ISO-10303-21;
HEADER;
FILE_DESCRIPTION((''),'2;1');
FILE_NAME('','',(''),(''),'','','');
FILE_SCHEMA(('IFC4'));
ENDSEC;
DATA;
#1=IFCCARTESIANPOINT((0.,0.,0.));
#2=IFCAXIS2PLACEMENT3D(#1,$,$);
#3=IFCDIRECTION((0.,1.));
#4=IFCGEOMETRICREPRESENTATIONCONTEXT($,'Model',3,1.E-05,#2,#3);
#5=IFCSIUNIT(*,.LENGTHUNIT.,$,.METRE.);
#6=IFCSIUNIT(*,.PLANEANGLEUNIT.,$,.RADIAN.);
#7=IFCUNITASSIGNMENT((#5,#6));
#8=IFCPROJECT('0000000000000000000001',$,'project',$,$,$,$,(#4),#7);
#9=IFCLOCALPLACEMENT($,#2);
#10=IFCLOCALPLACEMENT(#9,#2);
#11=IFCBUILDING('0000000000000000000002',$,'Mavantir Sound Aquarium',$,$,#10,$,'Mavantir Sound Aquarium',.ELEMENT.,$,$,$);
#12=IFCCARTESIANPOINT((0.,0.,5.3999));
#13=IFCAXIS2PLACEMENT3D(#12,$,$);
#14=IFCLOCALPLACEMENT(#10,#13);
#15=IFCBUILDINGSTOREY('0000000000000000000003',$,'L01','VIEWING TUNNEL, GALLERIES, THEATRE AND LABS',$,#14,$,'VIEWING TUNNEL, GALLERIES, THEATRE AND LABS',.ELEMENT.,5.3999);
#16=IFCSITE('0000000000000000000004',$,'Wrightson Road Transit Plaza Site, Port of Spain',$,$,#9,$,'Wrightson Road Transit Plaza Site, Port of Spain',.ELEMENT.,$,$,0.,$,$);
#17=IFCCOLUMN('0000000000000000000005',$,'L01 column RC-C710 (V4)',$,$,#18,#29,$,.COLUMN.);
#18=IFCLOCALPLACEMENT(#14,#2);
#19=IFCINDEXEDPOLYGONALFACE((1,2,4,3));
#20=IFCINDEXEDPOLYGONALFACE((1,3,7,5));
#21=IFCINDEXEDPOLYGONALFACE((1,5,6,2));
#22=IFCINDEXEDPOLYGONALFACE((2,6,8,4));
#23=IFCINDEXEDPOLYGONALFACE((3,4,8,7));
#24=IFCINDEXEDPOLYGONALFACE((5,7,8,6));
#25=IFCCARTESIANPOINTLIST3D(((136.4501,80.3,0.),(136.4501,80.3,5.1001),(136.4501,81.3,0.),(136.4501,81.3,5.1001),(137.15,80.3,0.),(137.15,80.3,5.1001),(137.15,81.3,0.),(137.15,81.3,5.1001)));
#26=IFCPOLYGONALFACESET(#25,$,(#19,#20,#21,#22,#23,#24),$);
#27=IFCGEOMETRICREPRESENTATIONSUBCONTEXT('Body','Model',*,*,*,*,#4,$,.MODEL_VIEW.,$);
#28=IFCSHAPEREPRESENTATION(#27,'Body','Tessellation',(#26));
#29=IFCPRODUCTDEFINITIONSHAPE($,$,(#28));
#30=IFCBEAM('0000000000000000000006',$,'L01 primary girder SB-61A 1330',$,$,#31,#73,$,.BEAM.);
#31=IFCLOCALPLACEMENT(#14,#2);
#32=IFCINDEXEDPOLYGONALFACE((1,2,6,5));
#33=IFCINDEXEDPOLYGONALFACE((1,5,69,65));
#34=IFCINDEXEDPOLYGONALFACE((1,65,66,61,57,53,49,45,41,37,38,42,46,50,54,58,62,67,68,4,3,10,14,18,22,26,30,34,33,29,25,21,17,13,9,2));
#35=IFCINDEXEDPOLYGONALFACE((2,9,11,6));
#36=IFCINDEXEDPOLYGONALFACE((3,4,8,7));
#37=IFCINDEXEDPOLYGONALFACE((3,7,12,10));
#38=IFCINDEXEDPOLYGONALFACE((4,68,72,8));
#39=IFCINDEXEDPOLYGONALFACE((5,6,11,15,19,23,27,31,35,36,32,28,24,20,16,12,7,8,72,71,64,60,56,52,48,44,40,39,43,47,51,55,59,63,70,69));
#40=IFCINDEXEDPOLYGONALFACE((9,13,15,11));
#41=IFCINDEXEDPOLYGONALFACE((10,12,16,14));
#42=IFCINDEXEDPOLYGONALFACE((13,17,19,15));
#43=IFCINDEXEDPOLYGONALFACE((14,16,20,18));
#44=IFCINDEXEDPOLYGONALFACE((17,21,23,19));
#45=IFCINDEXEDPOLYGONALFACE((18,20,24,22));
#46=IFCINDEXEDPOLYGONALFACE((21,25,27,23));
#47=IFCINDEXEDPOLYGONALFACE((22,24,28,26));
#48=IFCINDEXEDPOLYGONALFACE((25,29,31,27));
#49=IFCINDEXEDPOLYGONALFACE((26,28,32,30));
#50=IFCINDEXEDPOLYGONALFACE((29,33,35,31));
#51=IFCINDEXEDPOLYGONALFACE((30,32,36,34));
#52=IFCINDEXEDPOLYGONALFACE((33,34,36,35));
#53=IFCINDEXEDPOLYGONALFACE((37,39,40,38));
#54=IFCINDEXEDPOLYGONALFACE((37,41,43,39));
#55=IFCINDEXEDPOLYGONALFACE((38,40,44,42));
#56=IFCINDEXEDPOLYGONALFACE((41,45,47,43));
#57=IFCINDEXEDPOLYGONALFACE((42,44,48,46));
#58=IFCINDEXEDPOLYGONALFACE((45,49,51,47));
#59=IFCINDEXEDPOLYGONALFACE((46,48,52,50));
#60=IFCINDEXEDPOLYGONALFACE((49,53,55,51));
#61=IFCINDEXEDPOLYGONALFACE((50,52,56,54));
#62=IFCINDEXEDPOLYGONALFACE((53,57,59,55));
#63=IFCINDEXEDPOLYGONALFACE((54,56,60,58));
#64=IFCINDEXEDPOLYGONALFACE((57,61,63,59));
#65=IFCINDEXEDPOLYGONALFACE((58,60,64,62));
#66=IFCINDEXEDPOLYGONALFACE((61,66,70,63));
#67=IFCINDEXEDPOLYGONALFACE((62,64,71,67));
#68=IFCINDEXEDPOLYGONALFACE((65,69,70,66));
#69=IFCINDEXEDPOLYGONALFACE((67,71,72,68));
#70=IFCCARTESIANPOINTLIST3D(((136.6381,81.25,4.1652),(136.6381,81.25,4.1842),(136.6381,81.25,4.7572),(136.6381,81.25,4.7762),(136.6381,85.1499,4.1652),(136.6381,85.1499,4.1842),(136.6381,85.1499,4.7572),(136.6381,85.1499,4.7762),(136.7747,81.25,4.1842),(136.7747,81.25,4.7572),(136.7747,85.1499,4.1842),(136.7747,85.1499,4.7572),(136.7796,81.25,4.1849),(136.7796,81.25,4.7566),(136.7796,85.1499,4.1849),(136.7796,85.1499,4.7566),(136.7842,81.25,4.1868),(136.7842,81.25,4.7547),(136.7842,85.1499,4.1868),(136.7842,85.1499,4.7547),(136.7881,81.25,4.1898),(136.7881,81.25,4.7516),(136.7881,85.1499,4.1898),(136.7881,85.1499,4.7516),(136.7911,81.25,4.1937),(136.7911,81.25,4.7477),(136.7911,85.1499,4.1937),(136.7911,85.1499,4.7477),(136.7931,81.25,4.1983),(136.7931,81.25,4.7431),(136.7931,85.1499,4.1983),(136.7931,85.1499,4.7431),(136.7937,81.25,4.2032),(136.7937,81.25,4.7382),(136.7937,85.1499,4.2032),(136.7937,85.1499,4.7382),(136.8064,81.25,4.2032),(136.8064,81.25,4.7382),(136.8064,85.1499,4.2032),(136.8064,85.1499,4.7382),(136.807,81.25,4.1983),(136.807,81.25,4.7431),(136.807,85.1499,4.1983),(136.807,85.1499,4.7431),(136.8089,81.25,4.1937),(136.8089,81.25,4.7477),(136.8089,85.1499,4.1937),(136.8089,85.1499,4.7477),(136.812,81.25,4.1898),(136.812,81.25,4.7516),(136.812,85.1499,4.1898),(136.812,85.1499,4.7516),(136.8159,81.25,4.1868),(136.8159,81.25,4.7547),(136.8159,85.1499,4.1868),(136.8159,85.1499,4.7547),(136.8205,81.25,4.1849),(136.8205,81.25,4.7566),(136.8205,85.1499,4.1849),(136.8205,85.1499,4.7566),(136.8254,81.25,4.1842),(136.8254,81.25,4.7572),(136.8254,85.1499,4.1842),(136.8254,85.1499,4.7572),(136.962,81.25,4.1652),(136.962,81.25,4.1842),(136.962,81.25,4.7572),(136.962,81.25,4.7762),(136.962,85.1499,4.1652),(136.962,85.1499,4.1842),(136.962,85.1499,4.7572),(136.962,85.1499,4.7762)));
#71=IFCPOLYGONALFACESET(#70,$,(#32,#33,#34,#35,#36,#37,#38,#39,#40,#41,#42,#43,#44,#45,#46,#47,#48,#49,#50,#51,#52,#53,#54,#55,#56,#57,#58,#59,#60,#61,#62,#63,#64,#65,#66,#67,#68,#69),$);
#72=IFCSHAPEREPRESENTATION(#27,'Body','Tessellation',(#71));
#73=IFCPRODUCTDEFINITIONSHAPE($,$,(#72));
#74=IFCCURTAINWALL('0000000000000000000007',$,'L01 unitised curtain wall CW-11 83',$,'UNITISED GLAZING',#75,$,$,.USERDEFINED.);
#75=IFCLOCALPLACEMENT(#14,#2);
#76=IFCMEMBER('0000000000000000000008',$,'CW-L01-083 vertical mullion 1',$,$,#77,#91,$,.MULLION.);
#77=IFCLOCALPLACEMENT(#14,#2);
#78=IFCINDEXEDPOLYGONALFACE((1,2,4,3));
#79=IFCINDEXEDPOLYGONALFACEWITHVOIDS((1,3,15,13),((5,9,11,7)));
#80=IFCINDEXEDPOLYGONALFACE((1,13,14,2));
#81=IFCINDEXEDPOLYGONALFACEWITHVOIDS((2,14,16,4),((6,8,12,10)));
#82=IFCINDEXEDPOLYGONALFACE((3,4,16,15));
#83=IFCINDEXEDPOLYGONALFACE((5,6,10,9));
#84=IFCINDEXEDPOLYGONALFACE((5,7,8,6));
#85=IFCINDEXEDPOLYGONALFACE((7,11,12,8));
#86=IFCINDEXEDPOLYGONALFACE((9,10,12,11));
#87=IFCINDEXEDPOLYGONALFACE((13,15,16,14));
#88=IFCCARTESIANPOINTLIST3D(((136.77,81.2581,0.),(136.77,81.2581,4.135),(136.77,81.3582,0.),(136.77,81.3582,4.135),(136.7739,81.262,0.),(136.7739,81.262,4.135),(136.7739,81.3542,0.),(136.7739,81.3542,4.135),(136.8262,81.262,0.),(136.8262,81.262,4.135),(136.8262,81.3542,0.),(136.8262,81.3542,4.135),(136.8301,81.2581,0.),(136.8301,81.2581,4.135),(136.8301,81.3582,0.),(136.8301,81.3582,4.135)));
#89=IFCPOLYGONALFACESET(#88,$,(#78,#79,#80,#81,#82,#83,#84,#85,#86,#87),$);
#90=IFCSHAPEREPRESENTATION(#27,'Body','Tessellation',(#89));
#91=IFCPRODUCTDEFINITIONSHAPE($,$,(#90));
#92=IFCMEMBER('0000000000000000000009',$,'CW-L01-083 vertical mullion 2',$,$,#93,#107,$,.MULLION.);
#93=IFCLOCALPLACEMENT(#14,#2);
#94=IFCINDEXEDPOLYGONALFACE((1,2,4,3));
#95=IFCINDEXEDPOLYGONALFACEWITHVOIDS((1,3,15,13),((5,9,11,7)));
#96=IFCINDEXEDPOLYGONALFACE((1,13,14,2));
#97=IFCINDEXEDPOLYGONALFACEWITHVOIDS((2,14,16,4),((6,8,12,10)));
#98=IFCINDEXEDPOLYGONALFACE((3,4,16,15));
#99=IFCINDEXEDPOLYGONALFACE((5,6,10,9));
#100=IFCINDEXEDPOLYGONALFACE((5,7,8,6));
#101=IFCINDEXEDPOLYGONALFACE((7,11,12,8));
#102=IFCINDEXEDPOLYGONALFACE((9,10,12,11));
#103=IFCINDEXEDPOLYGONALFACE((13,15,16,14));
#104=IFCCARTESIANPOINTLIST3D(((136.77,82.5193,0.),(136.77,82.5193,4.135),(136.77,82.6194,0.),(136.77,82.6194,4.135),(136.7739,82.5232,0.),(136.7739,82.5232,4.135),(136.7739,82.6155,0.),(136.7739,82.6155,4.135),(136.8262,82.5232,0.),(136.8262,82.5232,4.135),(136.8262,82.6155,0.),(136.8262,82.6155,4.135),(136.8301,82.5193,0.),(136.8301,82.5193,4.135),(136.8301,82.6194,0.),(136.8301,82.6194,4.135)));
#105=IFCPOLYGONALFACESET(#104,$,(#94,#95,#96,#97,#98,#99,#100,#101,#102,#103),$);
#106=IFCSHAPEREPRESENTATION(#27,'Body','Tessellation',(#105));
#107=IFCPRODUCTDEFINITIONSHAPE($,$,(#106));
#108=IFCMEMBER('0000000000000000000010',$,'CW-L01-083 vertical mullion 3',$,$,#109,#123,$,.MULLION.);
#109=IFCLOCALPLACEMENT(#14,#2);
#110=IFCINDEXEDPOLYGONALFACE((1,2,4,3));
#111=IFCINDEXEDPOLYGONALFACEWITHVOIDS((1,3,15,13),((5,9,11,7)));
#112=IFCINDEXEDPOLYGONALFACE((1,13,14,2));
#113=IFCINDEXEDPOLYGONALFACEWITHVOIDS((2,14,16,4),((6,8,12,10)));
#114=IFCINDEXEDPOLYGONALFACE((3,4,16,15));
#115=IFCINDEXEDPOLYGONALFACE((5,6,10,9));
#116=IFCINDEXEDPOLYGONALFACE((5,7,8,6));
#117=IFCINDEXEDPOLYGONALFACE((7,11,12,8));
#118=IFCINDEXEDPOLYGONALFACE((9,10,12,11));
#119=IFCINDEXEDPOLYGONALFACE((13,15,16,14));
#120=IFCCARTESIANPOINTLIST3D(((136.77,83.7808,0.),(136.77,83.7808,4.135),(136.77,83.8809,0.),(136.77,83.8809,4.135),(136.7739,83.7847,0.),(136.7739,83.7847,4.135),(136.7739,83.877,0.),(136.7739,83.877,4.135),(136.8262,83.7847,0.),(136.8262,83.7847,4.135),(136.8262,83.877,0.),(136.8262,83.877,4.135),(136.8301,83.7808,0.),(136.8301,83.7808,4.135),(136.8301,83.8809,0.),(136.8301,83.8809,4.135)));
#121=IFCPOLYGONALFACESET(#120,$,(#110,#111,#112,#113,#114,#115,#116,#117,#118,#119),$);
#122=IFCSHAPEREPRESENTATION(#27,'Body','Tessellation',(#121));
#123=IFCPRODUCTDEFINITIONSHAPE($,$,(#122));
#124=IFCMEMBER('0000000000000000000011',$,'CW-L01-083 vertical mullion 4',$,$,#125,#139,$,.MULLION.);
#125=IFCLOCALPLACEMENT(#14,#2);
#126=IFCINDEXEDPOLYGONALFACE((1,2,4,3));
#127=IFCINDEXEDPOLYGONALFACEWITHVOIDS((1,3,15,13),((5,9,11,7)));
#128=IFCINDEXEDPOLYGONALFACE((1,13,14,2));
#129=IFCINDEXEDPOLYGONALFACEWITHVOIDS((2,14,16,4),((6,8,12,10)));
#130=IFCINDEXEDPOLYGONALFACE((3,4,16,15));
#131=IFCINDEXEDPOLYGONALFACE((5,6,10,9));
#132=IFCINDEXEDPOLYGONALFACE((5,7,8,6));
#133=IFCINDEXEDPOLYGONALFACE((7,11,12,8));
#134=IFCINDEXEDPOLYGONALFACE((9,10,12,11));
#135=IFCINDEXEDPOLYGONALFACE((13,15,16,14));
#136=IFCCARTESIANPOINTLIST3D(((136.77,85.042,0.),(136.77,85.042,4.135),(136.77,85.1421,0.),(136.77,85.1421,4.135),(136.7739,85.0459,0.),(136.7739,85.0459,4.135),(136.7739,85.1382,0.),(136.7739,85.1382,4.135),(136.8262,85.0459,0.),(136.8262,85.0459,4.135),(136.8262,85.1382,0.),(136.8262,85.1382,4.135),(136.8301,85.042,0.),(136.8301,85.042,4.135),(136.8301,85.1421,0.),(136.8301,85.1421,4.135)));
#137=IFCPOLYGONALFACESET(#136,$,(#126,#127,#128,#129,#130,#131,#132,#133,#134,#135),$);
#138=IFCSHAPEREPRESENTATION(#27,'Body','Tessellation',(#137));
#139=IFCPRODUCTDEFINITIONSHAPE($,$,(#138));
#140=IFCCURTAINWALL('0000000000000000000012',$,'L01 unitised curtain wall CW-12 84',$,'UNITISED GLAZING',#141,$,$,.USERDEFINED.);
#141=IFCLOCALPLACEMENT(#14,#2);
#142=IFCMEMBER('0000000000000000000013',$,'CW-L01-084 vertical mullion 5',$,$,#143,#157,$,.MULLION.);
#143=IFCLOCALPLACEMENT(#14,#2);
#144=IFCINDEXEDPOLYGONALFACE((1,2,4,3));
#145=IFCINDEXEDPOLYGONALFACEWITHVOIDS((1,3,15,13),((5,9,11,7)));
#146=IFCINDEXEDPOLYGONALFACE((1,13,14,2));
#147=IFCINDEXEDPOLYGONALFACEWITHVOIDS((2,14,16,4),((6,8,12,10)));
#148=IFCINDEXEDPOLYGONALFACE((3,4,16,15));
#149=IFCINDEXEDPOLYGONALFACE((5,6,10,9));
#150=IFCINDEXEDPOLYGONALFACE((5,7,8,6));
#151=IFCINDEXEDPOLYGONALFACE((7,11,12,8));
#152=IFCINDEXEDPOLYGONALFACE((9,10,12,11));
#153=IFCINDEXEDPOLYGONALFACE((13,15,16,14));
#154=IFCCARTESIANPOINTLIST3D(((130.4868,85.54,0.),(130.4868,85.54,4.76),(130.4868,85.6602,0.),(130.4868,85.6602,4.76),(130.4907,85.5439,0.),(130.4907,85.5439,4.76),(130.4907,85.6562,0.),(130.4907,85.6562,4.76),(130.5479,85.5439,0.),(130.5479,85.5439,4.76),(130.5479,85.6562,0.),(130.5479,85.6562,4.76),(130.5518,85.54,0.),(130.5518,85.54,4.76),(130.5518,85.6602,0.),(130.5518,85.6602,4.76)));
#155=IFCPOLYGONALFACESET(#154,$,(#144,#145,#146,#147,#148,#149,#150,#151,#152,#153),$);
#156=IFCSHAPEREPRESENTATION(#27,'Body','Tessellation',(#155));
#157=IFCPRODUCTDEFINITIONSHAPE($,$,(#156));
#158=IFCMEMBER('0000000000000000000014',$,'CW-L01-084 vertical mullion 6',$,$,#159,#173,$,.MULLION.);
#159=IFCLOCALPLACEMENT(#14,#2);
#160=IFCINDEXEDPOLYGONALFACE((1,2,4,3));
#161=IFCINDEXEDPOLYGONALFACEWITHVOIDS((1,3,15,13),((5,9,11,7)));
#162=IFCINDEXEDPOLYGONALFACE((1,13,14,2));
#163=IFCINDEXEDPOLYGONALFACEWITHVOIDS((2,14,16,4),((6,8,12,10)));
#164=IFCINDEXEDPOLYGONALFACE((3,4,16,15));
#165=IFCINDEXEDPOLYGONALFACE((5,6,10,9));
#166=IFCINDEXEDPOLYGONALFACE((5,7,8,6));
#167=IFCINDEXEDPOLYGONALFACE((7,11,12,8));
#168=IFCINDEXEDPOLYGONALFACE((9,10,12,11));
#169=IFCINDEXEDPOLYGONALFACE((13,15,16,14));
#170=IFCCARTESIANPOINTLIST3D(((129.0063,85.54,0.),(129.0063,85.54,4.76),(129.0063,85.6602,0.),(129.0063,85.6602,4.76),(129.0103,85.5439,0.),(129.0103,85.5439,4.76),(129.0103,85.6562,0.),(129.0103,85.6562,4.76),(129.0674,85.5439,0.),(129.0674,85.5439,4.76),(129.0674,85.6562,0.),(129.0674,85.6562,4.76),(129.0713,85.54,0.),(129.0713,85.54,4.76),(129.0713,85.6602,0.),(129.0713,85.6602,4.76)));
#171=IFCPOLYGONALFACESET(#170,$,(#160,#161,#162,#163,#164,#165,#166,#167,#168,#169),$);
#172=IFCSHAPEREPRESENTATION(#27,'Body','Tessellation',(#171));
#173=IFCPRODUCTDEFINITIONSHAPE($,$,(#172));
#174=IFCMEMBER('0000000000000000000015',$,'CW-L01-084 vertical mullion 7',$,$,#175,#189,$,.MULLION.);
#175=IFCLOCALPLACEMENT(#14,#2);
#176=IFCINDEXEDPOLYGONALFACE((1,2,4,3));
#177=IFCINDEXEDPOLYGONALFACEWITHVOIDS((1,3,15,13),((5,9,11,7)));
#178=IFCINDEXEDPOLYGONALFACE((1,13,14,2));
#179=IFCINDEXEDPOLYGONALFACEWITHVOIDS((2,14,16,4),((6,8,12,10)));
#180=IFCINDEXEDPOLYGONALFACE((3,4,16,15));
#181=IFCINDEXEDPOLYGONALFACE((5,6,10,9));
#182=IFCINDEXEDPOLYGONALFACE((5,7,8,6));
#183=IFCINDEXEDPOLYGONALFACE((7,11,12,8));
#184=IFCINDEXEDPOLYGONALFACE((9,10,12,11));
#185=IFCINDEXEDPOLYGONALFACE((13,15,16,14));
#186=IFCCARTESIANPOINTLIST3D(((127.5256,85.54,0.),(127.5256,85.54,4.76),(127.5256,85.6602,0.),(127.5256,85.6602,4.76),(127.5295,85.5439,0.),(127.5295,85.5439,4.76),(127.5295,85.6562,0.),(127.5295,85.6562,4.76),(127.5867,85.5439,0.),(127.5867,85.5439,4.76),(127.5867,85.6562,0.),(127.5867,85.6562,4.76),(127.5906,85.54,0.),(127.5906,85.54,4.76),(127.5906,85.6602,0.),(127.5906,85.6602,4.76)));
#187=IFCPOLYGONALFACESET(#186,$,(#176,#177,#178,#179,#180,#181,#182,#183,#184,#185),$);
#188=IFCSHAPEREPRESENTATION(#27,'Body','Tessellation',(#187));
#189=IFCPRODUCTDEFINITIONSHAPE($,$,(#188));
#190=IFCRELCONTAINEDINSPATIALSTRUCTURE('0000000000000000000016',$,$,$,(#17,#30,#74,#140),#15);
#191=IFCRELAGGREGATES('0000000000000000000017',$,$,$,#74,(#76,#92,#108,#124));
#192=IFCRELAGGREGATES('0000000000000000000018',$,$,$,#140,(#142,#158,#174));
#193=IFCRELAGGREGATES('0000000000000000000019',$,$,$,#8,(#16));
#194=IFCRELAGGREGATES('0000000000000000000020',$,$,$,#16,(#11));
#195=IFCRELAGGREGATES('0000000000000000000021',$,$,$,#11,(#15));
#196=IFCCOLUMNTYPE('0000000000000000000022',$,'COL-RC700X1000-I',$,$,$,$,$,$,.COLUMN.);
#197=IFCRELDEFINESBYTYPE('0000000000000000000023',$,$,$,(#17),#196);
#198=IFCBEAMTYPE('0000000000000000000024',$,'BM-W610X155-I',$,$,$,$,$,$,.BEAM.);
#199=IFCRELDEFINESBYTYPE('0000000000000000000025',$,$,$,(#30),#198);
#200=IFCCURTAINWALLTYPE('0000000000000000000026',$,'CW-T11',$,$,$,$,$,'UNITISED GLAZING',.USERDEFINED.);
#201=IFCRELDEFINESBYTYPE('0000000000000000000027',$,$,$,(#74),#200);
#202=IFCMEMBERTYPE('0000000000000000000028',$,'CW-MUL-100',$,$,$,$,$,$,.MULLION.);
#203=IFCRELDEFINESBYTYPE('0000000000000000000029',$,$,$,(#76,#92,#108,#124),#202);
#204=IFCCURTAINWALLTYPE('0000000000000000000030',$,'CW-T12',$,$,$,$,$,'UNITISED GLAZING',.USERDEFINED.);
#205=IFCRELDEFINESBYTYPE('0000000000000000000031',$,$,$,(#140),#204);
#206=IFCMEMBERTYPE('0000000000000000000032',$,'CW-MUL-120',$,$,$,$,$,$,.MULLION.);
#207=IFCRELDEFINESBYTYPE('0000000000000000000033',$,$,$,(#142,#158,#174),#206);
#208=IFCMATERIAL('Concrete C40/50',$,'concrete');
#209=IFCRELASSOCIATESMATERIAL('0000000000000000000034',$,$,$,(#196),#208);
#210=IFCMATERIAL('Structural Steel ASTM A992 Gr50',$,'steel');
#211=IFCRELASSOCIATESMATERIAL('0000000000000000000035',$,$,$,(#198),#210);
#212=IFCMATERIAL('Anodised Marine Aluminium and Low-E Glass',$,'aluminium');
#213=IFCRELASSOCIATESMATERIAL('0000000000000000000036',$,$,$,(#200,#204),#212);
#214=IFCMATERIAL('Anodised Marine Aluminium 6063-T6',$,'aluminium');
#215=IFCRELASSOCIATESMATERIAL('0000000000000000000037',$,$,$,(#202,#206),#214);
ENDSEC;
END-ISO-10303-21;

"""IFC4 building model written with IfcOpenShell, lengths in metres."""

from ifc_helpers import new_model, si_unit, direction, frame, origin, origin_2d, place, context, subcontext, project, spatial, rectangle, hollow_rectangle, i_section, extrude, material, material_profile, profile_set, type_object, element, aggregate, save


model = new_model("IFC4")

# Units and contexts
model_context = context("Model", 3, precision=1e-05, world=origin(), true_north=direction((0.0, 1.0)))
body_context = subcontext(model_context, "Body", "Model", "MODEL_VIEW")
ifc_project = project(units=[si_unit("LENGTHUNIT", "METRE"), si_unit("PLANEANGLEUNIT", "RADIAN")], contexts=[model_context])

# Site, building, storey
site_placement = place(None, origin())
site = spatial("IfcSite", under=ifc_project, at=site_placement, Name="Wrightson Road Transit Plaza Site, Port of Spain", LongName="Wrightson Road Transit Plaza Site, Port of Spain", CompositionType="ELEMENT", RefElevation=0.0)
building_placement = place(site_placement, origin())
building = spatial("IfcBuilding", under=site, at=building_placement, Name="Mavantir Sound Aquarium", LongName="Mavantir Sound Aquarium", CompositionType="ELEMENT")
storey_placement = place(building_placement, frame((0.0, 0.0, 5.3999)))
storey = spatial("IfcBuildingStorey", under=building, at=storey_placement, Name="L01", Description="VIEWING TUNNEL, GALLERIES, THEATRE AND LABS", LongName="VIEWING TUNNEL, GALLERIES, THEATRE AND LABS", CompositionType="ELEMENT", Elevation=5.3999)

# Column
ifc_material_1 = material(Name="Concrete C40/50", Category="concrete")
ifc_material_profile_1 = material_profile(ifc_material_1, rectangle(XDim=0.7, YDim=1.0, at=origin_2d()), Name="RC 700X1000")
ifc_profile_set_1 = profile_set([ifc_material_profile_1], Name="Concrete C40/50")
column_type = type_object("IfcColumnType", Name="COL-RC700X1000-I", PredefinedType="COLUMN", material=ifc_profile_set_1)
column_placement = place(storey_placement, frame((136.8, 80.8, 0.0), z_axis=(0.0, 0.0, 1.0), x_axis=(1.0, 0.0, 0.0)))
element("IfcColumn", 1, at=column_placement, inside=storey, type_object=column_type, Name="L01 column RC-C710 (V4)", PredefinedType="COLUMN", context=body_context, shape_type="SweptSolid", body=[
    extrude(rectangle(XDim=0.7, YDim=1.0, at=origin_2d()), origin(), (0.0, 0.0, 1.0), 5.1001),
])

# Beam
ifc_material_2 = material(Name="Structural Steel ASTM A992 Gr50", Category="steel")
ifc_material_profile_2 = material_profile(ifc_material_2, i_section(OverallWidth=0.324, OverallDepth=0.6111, WebThickness=0.0127, FlangeThickness=0.019, FilletRadius=0.019, at=origin_2d()), Name="W610X155")
ifc_profile_set_2 = profile_set([ifc_material_profile_2], Name="Structural Steel ASTM A992 Gr50")
beam_type = type_object("IfcBeamType", Name="BM-W610X155-I", PredefinedType="BEAM", material=ifc_profile_set_2)
beam_placement = place(storey_placement, frame((136.8, 81.25, 4.4707), z_axis=(0.0, 1.0, 0.0), x_axis=(-1.0, 0.0, 0.0)))
element("IfcBeam", 2, at=beam_placement, inside=storey, type_object=beam_type, Name="L01 primary girder SB-61A 1330", PredefinedType="BEAM", context=body_context, shape_type="SweptSolid", body=[
    extrude(i_section(OverallWidth=0.324, OverallDepth=0.6111, WebThickness=0.0127, FlangeThickness=0.019, FilletRadius=0.019, at=origin_2d()), origin(), (0.0, 0.0, 1.0), 3.8999),
])

# Curtain walls, members
ifc_material_3 = material(Name="Anodised Marine Aluminium and Low-E Glass", Category="aluminium")
curtain_wall_type_1 = type_object("IfcCurtainWallType", Name="CW-T11", ElementType="UNITISED GLAZING", PredefinedType="USERDEFINED", material=ifc_material_3)
curtain_wall_1_placement = place(storey_placement, origin())
curtain_wall_1 = element("IfcCurtainWall", 3, at=curtain_wall_1_placement, inside=storey, type_object=curtain_wall_type_1, Name="L01 unitised curtain wall CW-11 83", ObjectType="UNITISED GLAZING", PredefinedType="USERDEFINED")
ifc_material_4 = material(Name="Anodised Marine Aluminium 6063-T6", Category="aluminium")
ifc_material_profile_3 = material_profile(ifc_material_4, hollow_rectangle(XDim=0.0601, YDim=0.1001, WallThickness=0.0039, at=origin_2d()), Name="ALU-MULLION-100X60")
ifc_profile_set_3 = profile_set([ifc_material_profile_3], Name="Anodised Marine Aluminium 6063-T6")
member_type_1 = type_object("IfcMemberType", Name="CW-MUL-100", PredefinedType="MULLION", material=ifc_profile_set_3)
member_1_placement = place(storey_placement, frame((136.8, 81.3081, 0.0), z_axis=(0.0, 0.0, 1.0), x_axis=(1.0, 0.0, 0.0)))
member_1 = element("IfcMember", 4, at=member_1_placement, type_object=member_type_1, Name="CW-L01-083 vertical mullion 1", PredefinedType="MULLION", context=body_context, shape_type="SweptSolid", body=[
    extrude(hollow_rectangle(XDim=0.0601, YDim=0.1001, WallThickness=0.0039, at=origin_2d()), origin(), (0.0, 0.0, 1.0), 4.135),
])
member_2_placement = place(storey_placement, frame((136.8, 82.5693, 0.0), z_axis=(0.0, 0.0, 1.0), x_axis=(1.0, 0.0, 0.0)))
member_2 = element("IfcMember", 5, at=member_2_placement, type_object=member_type_1, Name="CW-L01-083 vertical mullion 2", PredefinedType="MULLION", context=body_context, shape_type="SweptSolid", body=[
    extrude(hollow_rectangle(XDim=0.0601, YDim=0.1001, WallThickness=0.0039, at=origin_2d()), origin(), (0.0, 0.0, 1.0), 4.135),
])
member_3_placement = place(storey_placement, frame((136.8, 83.8308, 0.0), z_axis=(0.0, 0.0, 1.0), x_axis=(1.0, 0.0, 0.0)))
member_3 = element("IfcMember", 6, at=member_3_placement, type_object=member_type_1, Name="CW-L01-083 vertical mullion 3", PredefinedType="MULLION", context=body_context, shape_type="SweptSolid", body=[
    extrude(hollow_rectangle(XDim=0.0601, YDim=0.1001, WallThickness=0.0039, at=origin_2d()), origin(), (0.0, 0.0, 1.0), 4.135),
])
member_4_placement = place(storey_placement, frame((136.8, 85.092, 0.0), z_axis=(0.0, 0.0, 1.0), x_axis=(1.0, 0.0, 0.0)))
member_4 = element("IfcMember", 7, at=member_4_placement, type_object=member_type_1, Name="CW-L01-083 vertical mullion 4", PredefinedType="MULLION", context=body_context, shape_type="SweptSolid", body=[
    extrude(hollow_rectangle(XDim=0.0601, YDim=0.1001, WallThickness=0.0039, at=origin_2d()), origin(), (0.0, 0.0, 1.0), 4.135),
])
curtain_wall_type_2 = type_object("IfcCurtainWallType", Name="CW-T12", ElementType="UNITISED GLAZING", PredefinedType="USERDEFINED", material=ifc_material_3)
curtain_wall_2_placement = place(storey_placement, origin())
curtain_wall_2 = element("IfcCurtainWall", 8, at=curtain_wall_2_placement, inside=storey, type_object=curtain_wall_type_2, Name="L01 unitised curtain wall CW-12 84", ObjectType="UNITISED GLAZING", PredefinedType="USERDEFINED")
ifc_material_profile_4 = material_profile(ifc_material_4, hollow_rectangle(XDim=0.0649, YDim=0.1201, WallThickness=0.0039, at=origin_2d()), Name="ALU-MULLION-120X65")
ifc_profile_set_4 = profile_set([ifc_material_profile_4], Name="Anodised Marine Aluminium 6063-T6")
member_type_2 = type_object("IfcMemberType", Name="CW-MUL-120", PredefinedType="MULLION", material=ifc_profile_set_4)
member_5_placement = place(storey_placement, frame((130.5193, 85.6001, 0.0), z_axis=(0.0, 0.0, 1.0), x_axis=(1.0, 0.0, 0.0)))
member_5 = element("IfcMember", 9, at=member_5_placement, type_object=member_type_2, Name="CW-L01-084 vertical mullion 5", PredefinedType="MULLION", context=body_context, shape_type="SweptSolid", body=[
    extrude(hollow_rectangle(XDim=0.0649, YDim=0.1201, WallThickness=0.0039, at=origin_2d()), origin(), (0.0, 0.0, 1.0), 4.76),
])
member_6_placement = place(storey_placement, frame((129.0388, 85.6001, 0.0), z_axis=(0.0, 0.0, 1.0), x_axis=(1.0, 0.0, 0.0)))
member_6 = element("IfcMember", 10, at=member_6_placement, type_object=member_type_2, Name="CW-L01-084 vertical mullion 6", PredefinedType="MULLION", context=body_context, shape_type="SweptSolid", body=[
    extrude(hollow_rectangle(XDim=0.0649, YDim=0.1201, WallThickness=0.0039, at=origin_2d()), origin(), (0.0, 0.0, 1.0), 4.76),
])
member_7_placement = place(storey_placement, frame((127.5581, 85.6001, 0.0), z_axis=(0.0, 0.0, 1.0), x_axis=(1.0, 0.0, 0.0)))
member_7 = element("IfcMember", 11, at=member_7_placement, type_object=member_type_2, Name="CW-L01-084 vertical mullion 7", PredefinedType="MULLION", context=body_context, shape_type="SweptSolid", body=[
    extrude(hollow_rectangle(XDim=0.0649, YDim=0.1201, WallThickness=0.0039, at=origin_2d()), origin(), (0.0, 0.0, 1.0), 4.76),
])

aggregate(curtain_wall_1, [member_1, member_2, member_3, member_4])
aggregate(curtain_wall_2, [member_5, member_6, member_7])

save(model, "model.ifc")
